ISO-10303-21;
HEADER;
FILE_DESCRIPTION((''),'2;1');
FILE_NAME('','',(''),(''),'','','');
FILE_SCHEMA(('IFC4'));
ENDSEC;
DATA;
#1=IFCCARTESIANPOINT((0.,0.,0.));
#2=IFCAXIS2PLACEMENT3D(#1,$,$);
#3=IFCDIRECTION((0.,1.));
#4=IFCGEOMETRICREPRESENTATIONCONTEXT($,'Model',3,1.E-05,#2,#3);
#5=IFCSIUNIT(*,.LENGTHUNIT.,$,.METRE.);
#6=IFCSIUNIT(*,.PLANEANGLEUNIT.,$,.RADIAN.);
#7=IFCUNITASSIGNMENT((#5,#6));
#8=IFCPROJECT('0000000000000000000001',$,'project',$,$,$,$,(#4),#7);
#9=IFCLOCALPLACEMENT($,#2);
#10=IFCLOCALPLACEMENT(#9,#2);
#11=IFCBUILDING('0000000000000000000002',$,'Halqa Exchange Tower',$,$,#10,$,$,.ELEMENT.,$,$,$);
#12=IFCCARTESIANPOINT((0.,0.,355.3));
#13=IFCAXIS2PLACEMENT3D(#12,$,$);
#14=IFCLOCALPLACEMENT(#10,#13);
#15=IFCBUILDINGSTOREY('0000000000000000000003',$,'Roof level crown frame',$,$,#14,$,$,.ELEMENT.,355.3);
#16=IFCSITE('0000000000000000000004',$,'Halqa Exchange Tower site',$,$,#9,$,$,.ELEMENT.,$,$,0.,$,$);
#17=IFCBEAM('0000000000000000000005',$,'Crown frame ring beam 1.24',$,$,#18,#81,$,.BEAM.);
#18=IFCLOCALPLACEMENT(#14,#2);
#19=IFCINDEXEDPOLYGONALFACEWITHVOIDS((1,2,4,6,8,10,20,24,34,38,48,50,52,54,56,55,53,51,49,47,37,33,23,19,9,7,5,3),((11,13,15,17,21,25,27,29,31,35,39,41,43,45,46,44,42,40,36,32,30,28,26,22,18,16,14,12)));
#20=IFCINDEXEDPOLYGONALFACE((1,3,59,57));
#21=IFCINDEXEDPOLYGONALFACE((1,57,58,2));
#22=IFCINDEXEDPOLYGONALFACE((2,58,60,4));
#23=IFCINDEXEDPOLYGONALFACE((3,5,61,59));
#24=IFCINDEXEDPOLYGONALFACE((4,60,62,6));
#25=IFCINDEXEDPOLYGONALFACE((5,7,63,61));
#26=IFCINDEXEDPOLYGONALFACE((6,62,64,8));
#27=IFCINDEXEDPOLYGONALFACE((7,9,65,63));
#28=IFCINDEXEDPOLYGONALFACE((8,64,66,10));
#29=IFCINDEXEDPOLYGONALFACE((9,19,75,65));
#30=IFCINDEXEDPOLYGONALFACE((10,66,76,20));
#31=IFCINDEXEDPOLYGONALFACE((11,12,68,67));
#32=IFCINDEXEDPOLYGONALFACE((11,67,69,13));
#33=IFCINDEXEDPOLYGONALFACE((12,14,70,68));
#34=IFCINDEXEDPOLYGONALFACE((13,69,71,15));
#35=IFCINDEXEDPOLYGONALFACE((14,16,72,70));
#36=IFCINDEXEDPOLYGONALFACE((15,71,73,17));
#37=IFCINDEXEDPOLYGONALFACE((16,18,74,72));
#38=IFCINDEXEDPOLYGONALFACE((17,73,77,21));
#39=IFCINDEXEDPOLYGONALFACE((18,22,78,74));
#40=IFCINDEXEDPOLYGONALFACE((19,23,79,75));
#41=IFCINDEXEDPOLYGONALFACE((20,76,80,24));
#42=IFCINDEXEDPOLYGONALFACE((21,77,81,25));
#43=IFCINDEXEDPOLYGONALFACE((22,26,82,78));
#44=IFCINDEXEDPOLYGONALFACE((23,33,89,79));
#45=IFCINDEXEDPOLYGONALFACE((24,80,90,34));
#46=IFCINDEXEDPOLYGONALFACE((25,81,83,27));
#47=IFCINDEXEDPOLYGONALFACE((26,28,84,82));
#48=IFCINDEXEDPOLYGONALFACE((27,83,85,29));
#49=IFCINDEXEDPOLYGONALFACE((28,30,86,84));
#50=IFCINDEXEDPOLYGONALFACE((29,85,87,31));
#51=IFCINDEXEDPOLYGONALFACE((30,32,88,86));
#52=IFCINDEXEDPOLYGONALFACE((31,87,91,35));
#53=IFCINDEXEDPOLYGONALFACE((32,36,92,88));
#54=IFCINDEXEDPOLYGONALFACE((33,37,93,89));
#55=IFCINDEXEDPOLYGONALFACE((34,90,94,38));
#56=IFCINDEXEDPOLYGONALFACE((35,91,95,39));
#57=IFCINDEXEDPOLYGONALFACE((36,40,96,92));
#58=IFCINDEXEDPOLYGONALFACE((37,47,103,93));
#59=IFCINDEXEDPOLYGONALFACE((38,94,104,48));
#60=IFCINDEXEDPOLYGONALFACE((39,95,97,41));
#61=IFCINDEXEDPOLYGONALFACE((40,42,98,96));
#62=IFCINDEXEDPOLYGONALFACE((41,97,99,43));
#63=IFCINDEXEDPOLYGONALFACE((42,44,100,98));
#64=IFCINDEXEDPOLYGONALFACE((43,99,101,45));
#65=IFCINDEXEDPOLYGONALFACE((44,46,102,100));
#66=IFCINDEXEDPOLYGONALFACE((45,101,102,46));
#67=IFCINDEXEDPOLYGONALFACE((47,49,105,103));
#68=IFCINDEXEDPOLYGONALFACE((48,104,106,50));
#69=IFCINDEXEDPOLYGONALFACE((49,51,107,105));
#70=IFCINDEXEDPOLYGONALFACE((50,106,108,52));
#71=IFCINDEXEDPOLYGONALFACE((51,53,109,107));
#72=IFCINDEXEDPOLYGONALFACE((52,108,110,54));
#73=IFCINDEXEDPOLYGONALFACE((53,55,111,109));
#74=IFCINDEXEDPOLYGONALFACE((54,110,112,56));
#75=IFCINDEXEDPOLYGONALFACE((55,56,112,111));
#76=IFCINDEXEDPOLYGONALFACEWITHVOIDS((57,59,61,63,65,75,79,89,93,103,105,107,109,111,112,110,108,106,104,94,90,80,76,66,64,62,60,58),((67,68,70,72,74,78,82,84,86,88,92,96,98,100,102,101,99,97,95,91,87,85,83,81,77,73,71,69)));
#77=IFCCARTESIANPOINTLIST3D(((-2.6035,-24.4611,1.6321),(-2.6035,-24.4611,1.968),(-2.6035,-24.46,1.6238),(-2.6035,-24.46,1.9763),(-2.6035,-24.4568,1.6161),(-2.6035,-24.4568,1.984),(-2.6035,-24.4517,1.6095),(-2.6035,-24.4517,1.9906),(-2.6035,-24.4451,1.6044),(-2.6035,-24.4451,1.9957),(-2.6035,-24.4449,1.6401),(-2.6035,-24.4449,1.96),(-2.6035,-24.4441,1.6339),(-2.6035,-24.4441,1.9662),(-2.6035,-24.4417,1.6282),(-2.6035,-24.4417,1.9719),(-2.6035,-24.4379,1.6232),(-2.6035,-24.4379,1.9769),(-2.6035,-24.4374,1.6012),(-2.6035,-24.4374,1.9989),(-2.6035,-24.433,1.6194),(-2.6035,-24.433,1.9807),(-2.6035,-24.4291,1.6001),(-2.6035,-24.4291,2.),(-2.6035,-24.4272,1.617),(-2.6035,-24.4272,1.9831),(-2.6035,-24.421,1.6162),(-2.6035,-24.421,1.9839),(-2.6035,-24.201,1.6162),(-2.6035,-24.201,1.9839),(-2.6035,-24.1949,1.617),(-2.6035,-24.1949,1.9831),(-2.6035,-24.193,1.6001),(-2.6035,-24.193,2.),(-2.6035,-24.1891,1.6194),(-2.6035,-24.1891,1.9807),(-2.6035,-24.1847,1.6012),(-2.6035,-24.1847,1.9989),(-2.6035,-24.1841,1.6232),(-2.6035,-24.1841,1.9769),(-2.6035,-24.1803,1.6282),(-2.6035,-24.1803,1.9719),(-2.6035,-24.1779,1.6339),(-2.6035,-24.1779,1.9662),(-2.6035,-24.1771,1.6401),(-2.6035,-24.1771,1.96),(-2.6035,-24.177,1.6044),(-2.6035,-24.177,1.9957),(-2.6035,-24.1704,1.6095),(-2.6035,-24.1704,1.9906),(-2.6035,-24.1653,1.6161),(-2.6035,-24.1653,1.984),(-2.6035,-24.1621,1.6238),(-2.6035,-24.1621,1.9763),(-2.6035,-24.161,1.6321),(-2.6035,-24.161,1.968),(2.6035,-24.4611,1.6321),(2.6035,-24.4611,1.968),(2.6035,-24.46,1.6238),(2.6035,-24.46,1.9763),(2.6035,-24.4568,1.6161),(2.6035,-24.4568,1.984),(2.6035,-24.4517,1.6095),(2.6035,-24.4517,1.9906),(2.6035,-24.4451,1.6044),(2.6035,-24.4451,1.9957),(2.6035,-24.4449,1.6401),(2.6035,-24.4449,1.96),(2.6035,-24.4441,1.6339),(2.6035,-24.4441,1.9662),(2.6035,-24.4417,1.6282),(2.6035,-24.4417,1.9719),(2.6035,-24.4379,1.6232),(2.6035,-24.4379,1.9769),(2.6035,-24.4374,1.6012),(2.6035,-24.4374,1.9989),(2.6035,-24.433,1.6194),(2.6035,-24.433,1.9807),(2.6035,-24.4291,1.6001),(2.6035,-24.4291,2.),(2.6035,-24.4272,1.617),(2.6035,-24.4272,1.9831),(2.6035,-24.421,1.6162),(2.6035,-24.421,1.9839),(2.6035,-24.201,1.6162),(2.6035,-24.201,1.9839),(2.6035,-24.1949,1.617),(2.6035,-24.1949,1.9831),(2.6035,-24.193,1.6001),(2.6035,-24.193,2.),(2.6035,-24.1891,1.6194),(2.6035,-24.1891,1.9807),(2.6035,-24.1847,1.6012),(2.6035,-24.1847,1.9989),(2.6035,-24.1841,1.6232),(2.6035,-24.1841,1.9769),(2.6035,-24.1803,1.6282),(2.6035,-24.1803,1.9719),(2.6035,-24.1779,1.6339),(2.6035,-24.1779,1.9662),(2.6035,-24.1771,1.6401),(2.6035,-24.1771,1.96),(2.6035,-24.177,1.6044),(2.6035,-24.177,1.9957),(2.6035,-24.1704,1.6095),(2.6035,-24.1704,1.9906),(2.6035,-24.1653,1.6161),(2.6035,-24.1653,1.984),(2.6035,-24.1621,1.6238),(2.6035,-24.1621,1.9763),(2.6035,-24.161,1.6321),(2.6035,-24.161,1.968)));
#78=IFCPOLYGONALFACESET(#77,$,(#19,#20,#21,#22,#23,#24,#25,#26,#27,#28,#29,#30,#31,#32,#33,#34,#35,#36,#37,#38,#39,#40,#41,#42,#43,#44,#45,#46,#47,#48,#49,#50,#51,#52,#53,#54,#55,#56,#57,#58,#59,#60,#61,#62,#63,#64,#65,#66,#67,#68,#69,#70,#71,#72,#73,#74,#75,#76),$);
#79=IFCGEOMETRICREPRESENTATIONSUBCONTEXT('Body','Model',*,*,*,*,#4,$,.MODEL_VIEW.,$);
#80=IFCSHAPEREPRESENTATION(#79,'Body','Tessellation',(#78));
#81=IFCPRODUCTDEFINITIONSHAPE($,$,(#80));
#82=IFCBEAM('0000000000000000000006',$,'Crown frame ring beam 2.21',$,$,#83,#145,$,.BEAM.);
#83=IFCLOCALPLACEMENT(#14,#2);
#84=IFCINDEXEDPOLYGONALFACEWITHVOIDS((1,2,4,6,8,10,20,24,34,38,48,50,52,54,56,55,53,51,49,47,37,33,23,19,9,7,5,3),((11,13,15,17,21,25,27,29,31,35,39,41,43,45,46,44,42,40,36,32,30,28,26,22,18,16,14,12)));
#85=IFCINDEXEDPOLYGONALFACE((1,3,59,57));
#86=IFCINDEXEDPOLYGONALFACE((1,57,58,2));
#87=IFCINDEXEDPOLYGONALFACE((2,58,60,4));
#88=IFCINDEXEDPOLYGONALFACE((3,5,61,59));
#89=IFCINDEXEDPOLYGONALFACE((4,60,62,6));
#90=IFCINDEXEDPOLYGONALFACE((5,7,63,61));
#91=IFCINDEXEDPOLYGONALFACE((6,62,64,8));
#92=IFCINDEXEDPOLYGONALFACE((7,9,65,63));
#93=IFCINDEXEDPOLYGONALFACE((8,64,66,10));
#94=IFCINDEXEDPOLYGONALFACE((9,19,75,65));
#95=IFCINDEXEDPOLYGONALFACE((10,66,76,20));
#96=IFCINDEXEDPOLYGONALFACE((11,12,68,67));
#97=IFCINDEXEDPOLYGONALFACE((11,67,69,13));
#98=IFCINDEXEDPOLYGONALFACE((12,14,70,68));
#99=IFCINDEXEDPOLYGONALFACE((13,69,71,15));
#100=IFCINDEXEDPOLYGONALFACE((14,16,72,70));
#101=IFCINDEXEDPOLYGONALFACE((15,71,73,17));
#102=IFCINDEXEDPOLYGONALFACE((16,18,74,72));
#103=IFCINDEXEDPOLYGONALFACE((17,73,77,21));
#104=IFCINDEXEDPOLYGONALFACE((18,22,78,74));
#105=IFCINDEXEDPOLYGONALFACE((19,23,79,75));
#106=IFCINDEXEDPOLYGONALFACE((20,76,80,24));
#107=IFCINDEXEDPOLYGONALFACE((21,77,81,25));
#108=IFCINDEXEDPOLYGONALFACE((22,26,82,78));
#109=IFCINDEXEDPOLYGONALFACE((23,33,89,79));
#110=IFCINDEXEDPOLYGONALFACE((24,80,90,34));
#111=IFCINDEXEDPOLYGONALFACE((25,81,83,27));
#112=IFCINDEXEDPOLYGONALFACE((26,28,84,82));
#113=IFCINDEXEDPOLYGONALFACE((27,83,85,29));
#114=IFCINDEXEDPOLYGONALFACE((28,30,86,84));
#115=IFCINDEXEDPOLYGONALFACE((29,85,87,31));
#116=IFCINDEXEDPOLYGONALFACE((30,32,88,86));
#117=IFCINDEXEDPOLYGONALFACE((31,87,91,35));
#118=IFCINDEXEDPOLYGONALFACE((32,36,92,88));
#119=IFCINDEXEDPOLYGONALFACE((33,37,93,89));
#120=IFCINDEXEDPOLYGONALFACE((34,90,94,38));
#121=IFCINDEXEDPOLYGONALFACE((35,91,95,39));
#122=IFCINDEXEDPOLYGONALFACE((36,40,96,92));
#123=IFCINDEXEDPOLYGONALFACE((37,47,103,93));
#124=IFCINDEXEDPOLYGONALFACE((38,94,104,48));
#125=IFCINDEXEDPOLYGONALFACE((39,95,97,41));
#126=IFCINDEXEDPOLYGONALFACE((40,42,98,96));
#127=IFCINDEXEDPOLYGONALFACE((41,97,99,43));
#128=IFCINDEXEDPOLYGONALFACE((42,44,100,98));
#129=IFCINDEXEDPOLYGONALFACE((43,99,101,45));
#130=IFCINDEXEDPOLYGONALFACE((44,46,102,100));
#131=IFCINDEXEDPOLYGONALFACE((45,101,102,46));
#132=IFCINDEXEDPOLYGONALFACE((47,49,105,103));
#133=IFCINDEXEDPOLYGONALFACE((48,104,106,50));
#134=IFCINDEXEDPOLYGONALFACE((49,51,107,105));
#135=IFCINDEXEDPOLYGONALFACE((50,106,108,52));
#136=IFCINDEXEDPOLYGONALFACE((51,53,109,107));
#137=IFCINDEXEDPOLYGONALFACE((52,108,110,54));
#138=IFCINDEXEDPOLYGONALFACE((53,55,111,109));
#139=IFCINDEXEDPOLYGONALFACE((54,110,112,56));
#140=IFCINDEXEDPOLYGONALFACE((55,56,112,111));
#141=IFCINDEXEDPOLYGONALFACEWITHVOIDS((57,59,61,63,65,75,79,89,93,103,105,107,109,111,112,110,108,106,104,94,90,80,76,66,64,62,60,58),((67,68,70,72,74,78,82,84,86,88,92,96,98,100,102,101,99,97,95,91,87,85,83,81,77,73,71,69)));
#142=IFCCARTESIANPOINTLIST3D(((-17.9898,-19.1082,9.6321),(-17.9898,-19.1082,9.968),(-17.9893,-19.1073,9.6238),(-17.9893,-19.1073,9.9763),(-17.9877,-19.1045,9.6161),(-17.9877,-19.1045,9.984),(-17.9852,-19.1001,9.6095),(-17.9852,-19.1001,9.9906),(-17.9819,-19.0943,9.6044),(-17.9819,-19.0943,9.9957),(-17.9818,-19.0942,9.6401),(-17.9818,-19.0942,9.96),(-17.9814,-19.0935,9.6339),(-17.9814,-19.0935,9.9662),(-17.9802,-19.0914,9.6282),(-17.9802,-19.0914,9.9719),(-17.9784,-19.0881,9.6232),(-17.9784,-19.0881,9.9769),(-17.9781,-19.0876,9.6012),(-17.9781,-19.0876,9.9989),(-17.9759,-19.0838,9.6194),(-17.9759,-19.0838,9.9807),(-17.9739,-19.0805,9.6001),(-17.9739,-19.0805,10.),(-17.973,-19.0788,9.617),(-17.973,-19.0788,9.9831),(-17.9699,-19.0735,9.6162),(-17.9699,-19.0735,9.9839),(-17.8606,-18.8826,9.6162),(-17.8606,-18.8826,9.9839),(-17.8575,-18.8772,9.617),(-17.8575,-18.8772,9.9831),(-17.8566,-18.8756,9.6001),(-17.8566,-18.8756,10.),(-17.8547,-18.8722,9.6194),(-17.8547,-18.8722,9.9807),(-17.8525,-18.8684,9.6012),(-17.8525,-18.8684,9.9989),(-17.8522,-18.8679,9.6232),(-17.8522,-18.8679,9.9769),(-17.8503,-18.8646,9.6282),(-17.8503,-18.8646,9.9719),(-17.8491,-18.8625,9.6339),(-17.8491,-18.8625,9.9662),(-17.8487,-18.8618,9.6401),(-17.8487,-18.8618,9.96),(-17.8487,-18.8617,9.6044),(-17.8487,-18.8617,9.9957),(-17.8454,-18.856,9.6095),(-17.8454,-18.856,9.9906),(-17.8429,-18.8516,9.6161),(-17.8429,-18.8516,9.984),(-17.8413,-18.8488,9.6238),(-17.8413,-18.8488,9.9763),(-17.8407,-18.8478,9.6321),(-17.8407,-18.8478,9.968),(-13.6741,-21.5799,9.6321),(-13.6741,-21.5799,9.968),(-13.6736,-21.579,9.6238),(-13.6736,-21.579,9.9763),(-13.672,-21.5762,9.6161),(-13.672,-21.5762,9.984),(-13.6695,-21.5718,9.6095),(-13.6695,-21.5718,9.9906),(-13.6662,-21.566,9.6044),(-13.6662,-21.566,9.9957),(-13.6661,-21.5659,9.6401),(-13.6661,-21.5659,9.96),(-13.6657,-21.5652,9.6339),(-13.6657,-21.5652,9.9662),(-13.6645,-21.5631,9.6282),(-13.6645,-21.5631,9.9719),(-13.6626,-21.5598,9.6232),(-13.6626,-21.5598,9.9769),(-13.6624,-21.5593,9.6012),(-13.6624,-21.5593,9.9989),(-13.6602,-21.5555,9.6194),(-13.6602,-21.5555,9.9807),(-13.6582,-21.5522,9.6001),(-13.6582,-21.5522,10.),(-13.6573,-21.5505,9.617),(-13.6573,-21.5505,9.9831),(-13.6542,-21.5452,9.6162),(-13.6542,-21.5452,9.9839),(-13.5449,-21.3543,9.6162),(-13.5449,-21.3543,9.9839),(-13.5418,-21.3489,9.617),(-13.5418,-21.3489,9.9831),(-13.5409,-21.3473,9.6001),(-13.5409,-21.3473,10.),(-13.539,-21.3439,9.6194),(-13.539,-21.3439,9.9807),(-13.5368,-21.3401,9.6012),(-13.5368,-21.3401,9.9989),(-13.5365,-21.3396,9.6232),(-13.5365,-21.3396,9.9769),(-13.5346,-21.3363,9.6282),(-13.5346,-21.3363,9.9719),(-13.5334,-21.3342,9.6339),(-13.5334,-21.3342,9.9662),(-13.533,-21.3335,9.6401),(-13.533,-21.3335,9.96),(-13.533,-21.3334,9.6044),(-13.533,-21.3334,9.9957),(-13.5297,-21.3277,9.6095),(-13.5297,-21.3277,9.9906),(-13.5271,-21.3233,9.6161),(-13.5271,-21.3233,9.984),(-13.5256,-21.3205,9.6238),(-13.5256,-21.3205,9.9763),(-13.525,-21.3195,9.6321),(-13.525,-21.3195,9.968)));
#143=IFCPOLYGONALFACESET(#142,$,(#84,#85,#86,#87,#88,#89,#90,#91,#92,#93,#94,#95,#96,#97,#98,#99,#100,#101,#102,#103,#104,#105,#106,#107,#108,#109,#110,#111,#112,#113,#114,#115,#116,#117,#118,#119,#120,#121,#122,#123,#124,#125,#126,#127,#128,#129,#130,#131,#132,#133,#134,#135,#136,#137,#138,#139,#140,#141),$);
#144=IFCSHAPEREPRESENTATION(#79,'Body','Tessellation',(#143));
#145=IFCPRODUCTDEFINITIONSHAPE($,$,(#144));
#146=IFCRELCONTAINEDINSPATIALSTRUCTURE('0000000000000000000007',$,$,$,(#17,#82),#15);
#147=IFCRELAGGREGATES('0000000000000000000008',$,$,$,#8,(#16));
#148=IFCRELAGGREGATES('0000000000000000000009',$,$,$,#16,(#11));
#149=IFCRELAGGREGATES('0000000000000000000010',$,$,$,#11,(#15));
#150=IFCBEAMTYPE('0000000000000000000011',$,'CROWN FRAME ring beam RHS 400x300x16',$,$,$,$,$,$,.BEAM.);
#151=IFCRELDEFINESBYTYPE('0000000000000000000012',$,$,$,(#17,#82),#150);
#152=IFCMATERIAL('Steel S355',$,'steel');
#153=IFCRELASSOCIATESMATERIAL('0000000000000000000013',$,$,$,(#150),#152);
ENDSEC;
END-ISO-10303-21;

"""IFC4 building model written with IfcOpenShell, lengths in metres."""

from ifc_helpers import new_model, si_unit, direction, frame, origin, origin_2d, place, context, subcontext, project, spatial, hollow_rectangle, extrude, material, material_profile, profile_set, type_object, element, save


model = new_model("IFC4")

# Units and contexts
model_context = context("Model", 3, precision=1e-05, world=origin(), true_north=direction((0.0, 1.0)))
body_context = subcontext(model_context, "Body", "Model", "MODEL_VIEW")
ifc_project = project(units=[si_unit("LENGTHUNIT", "METRE"), si_unit("PLANEANGLEUNIT", "RADIAN")], contexts=[model_context])

# Site, building, storey
site_placement = place(None, origin())
site = spatial("IfcSite", under=ifc_project, at=site_placement, Name="Halqa Exchange Tower site", CompositionType="ELEMENT", RefElevation=0.0)
building_placement = place(site_placement, origin())
building = spatial("IfcBuilding", under=site, at=building_placement, Name="Halqa Exchange Tower", CompositionType="ELEMENT")
storey_placement = place(building_placement, frame((0.0, 0.0, 355.3)))
storey = spatial("IfcBuildingStorey", under=building, at=storey_placement, Name="Roof level crown frame", CompositionType="ELEMENT", Elevation=355.3)

# Shared definitions
ifc_material_1 = material(Name="Steel S355", Category="steel")

# Beams
ifc_material_profile_1 = material_profile(ifc_material_1, hollow_rectangle(XDim=0.3, YDim=0.3999, WallThickness=0.0161, InnerFilletRadius=0.0239, OuterFilletRadius=0.032, at=origin_2d()), Name="RHS 400x300x16")
ifc_profile_set_1 = profile_set([ifc_material_profile_1], Name="Steel S355")
beam_type = type_object("IfcBeamType", Name="CROWN FRAME ring beam RHS 400x300x16", PredefinedType="BEAM", material=ifc_profile_set_1)
beam_1_placement = place(storey_placement, frame((-2.6035, -24.311, 1.8), z_axis=(1.0, 0.0, 0.0), x_axis=(0.0, 1.0, 0.0)))
element("IfcBeam", 1, at=beam_1_placement, inside=storey, type_object=beam_type, Name="Crown frame ring beam 1.24", PredefinedType="BEAM", context=body_context, shape_type="SweptSolid", body=[
    extrude(hollow_rectangle(XDim=0.3, YDim=0.3999, WallThickness=0.0161, InnerFilletRadius=0.0239, OuterFilletRadius=0.032, at=origin_2d()), origin(), (0.0, 0.0, 1.0), 5.207),
])
beam_2_placement = place(storey_placement, frame((-17.9153, -18.978, 9.8), z_axis=(0.867759, -0.496985, 0.0), x_axis=(0.496985, 0.867759, 0.0)))
element("IfcBeam", 2, at=beam_2_placement, inside=storey, type_object=beam_type, Name="Crown frame ring beam 2.21", PredefinedType="BEAM", context=body_context, shape_type="SweptSolid", body=[
    extrude(hollow_rectangle(XDim=0.3, YDim=0.3999, WallThickness=0.0161, InnerFilletRadius=0.0239, OuterFilletRadius=0.032, at=origin_2d()), origin(), (0.0, 0.0, 1.0), 4.9734),
])

save(model, "model.ifc")
